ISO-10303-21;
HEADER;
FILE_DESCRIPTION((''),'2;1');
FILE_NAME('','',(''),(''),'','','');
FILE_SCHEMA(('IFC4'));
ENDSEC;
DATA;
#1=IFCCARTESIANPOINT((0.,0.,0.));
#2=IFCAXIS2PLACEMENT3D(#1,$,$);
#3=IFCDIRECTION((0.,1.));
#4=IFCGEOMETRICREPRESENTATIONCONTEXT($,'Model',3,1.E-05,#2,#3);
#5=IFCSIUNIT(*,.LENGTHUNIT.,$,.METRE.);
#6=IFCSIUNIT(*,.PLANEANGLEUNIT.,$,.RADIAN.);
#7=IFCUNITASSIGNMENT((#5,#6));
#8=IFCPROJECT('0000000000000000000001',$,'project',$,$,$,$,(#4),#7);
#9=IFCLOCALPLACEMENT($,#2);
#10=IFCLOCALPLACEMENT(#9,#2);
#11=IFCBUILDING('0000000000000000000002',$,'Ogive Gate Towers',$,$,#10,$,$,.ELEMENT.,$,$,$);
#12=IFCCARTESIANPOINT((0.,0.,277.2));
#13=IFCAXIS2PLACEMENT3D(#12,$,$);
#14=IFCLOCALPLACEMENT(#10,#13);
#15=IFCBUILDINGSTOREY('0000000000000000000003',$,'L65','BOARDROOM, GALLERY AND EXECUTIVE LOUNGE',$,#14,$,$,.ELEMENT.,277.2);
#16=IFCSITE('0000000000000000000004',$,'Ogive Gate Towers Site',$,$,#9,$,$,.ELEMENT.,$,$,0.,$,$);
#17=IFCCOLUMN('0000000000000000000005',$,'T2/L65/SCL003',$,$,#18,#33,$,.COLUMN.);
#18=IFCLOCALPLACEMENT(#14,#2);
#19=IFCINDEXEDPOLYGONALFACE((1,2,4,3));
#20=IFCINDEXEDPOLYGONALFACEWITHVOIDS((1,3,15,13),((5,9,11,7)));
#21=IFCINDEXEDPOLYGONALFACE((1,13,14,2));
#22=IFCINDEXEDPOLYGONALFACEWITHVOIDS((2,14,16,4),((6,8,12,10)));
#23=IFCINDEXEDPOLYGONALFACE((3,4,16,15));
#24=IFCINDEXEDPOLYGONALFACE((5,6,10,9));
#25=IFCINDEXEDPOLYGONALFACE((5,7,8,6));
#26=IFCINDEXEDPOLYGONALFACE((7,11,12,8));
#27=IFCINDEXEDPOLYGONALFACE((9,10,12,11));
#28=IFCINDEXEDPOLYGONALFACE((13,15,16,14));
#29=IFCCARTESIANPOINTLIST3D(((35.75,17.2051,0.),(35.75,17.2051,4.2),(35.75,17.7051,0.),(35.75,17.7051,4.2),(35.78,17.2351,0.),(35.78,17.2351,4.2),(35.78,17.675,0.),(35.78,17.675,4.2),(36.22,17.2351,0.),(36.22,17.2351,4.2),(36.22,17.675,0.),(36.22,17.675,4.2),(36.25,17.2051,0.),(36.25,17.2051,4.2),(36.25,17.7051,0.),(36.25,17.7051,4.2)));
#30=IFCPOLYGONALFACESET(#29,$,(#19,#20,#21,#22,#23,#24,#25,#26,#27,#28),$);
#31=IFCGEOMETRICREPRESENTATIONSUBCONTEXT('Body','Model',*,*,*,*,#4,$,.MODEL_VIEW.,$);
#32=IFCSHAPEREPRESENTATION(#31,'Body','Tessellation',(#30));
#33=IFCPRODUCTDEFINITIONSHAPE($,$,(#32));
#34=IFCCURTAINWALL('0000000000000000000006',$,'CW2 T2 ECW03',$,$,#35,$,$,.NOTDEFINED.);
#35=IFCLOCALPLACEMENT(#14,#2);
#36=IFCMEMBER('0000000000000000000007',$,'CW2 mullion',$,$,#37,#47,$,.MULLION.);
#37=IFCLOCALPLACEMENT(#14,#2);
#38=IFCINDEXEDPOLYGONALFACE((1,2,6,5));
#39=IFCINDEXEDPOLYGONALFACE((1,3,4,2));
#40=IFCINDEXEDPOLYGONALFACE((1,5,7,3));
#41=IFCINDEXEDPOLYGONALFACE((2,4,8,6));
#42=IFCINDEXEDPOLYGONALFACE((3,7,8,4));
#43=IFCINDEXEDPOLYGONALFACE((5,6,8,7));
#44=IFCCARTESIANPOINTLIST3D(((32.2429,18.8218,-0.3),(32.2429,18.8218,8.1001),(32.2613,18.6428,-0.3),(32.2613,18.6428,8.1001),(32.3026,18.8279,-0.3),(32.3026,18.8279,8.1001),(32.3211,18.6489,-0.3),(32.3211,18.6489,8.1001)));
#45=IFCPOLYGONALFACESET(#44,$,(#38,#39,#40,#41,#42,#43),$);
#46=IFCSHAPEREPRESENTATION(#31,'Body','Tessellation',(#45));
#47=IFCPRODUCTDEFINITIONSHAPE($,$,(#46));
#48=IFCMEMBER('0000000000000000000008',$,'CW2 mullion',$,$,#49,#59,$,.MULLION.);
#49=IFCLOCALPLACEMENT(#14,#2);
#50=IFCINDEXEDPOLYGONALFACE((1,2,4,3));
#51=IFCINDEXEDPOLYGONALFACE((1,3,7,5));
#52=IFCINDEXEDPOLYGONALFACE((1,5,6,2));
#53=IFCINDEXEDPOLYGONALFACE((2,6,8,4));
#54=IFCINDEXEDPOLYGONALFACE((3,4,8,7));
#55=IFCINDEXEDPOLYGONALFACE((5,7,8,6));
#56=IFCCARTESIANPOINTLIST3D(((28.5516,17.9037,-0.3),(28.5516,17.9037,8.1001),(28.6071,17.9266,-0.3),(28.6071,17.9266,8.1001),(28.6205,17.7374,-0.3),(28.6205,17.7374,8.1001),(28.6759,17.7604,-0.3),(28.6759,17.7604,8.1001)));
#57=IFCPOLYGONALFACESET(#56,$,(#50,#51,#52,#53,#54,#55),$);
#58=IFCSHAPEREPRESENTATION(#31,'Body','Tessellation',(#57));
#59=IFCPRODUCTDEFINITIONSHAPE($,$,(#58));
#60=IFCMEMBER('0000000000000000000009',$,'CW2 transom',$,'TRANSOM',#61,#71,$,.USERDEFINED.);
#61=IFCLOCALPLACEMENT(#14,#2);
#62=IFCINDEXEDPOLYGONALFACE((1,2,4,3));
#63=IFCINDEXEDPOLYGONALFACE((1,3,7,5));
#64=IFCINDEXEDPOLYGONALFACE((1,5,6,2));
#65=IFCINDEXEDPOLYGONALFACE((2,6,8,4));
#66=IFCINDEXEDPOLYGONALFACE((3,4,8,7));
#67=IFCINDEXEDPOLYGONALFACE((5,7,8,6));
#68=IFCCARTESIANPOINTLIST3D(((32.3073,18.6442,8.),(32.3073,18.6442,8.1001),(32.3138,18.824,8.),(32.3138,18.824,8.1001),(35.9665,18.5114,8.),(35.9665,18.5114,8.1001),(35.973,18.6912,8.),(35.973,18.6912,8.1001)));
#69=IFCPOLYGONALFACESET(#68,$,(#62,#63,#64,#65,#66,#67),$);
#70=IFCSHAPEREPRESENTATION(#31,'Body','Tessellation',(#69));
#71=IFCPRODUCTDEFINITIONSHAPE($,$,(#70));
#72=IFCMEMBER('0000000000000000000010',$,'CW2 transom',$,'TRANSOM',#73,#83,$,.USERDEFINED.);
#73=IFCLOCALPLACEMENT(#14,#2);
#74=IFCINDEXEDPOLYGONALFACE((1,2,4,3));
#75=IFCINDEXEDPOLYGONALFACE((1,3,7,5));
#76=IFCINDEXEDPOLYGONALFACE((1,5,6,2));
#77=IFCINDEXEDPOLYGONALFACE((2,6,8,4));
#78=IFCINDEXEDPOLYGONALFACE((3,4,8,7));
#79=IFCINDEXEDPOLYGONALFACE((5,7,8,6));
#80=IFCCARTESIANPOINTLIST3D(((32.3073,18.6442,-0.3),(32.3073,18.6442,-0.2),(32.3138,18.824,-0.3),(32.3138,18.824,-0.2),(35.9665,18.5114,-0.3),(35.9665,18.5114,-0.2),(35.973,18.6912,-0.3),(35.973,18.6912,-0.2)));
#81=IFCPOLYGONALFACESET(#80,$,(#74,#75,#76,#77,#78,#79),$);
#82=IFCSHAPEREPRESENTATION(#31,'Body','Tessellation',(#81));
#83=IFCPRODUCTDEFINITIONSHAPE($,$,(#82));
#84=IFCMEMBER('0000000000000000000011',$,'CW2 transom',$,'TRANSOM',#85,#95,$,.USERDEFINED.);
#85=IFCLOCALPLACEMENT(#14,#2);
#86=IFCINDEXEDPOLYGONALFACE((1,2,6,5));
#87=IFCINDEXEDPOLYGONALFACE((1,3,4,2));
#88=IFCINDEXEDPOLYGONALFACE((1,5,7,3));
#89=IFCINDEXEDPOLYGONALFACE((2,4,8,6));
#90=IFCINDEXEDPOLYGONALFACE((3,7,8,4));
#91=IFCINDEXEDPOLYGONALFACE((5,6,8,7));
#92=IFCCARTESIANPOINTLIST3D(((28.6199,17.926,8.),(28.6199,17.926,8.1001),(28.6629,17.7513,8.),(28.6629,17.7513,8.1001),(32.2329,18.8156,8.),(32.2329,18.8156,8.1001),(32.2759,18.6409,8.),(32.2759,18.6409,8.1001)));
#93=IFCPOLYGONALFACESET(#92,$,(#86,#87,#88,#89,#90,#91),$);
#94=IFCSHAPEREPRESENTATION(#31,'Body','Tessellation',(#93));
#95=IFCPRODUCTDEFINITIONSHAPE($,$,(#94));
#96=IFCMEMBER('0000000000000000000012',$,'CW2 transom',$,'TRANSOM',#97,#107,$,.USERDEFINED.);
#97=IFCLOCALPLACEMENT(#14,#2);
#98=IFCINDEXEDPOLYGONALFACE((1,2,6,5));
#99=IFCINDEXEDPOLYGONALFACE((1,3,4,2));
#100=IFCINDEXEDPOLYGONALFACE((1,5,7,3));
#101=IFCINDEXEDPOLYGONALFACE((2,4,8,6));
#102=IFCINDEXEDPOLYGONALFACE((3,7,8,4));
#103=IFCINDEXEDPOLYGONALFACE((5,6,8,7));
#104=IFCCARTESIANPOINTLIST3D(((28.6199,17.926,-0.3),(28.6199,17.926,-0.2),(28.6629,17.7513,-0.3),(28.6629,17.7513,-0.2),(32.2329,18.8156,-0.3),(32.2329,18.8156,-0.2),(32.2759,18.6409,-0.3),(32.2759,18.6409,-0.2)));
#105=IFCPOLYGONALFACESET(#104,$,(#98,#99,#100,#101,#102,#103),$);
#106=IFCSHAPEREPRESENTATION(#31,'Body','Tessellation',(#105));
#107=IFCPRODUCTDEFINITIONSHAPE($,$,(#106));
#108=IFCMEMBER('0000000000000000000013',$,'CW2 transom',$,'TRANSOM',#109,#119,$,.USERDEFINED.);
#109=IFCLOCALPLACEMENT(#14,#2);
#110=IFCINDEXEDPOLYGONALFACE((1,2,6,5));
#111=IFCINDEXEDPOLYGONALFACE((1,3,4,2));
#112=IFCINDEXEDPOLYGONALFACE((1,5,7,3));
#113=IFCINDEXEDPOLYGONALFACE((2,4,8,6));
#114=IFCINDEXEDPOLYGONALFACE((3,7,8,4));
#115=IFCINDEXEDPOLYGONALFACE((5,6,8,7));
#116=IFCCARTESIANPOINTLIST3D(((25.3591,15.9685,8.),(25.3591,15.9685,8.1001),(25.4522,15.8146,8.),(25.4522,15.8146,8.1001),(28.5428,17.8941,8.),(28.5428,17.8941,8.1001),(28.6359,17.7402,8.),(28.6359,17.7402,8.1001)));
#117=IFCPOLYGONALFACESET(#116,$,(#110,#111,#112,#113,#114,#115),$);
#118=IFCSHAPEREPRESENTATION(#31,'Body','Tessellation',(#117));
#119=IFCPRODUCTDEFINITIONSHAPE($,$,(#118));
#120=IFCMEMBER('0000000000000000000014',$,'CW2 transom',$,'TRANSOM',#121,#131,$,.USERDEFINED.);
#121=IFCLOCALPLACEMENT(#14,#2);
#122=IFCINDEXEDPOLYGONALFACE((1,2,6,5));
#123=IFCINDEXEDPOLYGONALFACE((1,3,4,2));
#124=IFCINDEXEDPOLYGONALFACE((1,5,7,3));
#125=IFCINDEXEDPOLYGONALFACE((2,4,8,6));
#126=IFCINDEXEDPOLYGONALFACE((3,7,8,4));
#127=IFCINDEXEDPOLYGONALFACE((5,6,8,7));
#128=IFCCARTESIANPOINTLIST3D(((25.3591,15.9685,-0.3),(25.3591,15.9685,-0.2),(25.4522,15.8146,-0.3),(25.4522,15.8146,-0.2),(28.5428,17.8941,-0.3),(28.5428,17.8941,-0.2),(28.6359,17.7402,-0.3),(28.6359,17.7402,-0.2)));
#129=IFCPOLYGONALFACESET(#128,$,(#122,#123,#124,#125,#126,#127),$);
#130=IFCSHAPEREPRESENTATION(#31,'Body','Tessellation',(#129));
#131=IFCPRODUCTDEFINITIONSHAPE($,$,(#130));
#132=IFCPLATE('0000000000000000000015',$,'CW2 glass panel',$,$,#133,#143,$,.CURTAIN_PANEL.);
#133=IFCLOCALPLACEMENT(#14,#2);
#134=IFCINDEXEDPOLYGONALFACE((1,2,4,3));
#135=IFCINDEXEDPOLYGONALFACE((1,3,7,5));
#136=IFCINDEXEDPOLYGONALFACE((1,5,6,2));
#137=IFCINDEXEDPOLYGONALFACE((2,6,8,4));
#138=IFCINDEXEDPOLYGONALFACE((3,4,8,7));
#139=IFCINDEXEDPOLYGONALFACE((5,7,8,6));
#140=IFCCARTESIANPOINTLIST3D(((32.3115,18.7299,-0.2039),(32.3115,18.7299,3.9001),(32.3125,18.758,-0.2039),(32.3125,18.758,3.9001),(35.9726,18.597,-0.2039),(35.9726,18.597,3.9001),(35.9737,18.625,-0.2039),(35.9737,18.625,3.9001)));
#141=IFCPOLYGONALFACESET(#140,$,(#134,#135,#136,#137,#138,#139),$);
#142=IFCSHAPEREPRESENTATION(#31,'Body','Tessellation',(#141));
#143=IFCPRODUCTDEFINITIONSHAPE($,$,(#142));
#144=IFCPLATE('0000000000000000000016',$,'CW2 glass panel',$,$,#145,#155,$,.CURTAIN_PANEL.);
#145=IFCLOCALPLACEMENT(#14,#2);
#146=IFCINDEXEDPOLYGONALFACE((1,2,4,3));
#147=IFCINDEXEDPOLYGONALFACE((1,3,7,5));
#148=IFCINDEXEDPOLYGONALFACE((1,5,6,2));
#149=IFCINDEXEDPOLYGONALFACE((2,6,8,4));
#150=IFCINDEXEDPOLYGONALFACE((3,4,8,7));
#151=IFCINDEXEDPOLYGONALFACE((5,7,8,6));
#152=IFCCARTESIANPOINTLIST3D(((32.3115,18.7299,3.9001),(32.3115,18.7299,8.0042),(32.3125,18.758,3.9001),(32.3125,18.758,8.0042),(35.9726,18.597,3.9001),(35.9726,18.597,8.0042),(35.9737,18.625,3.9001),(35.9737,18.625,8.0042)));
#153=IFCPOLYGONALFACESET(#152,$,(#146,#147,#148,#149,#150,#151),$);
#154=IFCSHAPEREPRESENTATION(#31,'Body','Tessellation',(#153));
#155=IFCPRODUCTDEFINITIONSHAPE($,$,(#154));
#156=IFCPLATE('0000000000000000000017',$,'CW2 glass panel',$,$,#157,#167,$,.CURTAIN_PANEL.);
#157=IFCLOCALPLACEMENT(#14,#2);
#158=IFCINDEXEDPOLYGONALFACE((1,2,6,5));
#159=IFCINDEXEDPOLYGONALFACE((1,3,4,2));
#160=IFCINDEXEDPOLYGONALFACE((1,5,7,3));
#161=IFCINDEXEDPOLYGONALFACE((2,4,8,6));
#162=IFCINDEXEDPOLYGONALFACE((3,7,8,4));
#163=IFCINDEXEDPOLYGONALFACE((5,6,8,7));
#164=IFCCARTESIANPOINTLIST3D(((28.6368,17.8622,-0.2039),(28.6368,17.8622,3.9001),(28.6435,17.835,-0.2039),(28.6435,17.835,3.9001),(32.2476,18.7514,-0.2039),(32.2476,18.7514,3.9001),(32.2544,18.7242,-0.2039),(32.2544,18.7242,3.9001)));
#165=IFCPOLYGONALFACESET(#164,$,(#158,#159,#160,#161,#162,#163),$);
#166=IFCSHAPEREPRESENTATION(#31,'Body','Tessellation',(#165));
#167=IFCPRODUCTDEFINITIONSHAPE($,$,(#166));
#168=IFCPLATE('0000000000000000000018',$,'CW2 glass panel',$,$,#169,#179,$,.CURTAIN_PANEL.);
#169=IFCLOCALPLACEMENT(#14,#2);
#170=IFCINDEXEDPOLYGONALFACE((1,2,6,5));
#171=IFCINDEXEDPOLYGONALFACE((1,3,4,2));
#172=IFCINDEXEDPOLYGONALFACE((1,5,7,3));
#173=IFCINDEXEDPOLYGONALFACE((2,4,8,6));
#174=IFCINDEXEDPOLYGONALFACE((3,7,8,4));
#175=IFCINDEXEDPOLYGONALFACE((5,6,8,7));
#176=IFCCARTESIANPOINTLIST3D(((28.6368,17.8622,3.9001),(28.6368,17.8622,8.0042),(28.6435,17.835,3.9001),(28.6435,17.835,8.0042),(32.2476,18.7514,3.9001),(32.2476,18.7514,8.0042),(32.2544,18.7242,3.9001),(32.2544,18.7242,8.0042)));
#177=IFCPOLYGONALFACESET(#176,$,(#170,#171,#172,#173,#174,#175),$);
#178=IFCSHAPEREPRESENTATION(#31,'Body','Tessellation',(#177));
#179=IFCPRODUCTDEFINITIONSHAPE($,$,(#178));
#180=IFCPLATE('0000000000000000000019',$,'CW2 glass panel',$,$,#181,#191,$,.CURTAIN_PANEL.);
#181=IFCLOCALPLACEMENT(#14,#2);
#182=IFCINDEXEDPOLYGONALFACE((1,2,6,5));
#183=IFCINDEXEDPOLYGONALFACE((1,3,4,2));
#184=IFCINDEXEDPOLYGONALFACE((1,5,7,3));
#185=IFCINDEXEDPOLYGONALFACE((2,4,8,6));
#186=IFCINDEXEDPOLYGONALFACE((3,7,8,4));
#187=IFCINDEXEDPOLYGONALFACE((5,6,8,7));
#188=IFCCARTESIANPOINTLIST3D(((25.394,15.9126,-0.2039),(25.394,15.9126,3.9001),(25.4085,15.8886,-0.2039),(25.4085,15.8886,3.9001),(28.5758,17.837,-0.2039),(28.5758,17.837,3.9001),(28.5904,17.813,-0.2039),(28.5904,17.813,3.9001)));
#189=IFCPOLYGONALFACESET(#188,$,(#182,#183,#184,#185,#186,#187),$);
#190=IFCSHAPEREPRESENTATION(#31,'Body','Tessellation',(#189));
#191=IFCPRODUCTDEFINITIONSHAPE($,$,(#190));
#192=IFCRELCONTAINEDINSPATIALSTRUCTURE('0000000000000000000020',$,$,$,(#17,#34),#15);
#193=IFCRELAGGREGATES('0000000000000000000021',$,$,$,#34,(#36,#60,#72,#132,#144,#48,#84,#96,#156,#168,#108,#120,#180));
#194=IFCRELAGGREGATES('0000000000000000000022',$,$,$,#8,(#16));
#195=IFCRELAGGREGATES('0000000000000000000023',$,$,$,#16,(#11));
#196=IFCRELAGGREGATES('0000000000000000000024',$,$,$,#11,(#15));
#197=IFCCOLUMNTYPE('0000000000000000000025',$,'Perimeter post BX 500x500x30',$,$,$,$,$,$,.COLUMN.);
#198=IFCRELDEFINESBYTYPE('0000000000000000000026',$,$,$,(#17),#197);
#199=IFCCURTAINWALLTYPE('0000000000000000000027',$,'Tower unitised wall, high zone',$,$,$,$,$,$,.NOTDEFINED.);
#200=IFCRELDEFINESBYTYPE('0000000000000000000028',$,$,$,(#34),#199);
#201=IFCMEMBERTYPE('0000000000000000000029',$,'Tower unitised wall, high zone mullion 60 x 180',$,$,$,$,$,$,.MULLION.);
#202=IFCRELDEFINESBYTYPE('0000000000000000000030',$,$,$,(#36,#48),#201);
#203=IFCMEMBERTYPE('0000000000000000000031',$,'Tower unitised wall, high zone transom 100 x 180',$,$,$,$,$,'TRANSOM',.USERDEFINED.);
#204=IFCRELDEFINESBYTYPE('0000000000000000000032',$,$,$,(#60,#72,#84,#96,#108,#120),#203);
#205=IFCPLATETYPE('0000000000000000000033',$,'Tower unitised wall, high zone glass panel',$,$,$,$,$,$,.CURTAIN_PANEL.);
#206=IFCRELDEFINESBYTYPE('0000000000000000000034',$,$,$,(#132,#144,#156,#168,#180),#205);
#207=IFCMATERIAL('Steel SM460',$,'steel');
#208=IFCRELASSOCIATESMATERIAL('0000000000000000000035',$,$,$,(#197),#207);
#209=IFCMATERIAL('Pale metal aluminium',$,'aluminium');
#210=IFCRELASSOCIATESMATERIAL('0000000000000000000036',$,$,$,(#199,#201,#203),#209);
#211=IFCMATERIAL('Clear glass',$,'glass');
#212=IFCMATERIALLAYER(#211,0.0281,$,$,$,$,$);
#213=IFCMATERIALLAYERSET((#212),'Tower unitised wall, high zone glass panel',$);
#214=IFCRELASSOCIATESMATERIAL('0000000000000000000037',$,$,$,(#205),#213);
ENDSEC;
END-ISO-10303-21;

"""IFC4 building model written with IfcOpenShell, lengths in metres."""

from ifc_helpers import new_model, si_unit, direction, frame, origin, origin_2d, place, context, subcontext, project, spatial, rectangle, hollow_rectangle, extrude, material, layer, layer_set, material_profile, profile_set, type_object, element, aggregate, save


model = new_model("IFC4")

# Units and contexts
model_context = context("Model", 3, precision=1e-05, world=origin(), true_north=direction((0.0, 1.0)))
body_context = subcontext(model_context, "Body", "Model", "MODEL_VIEW")
ifc_project = project(units=[si_unit("LENGTHUNIT", "METRE"), si_unit("PLANEANGLEUNIT", "RADIAN")], contexts=[model_context])

# Site, building, storey
site_placement = place(None, origin())
site = spatial("IfcSite", under=ifc_project, at=site_placement, Name="Ogive Gate Towers Site", CompositionType="ELEMENT", RefElevation=0.0)
building_placement = place(site_placement, origin())
building = spatial("IfcBuilding", under=site, at=building_placement, Name="Ogive Gate Towers", CompositionType="ELEMENT")
storey_placement = place(building_placement, frame((0.0, 0.0, 277.2)))
storey = spatial("IfcBuildingStorey", under=building, at=storey_placement, Name="L65", Description="BOARDROOM, GALLERY AND EXECUTIVE LOUNGE", CompositionType="ELEMENT", Elevation=277.2)

# Column
ifc_material_1 = material(Name="Steel SM460", Category="steel")
ifc_material_profile_1 = material_profile(ifc_material_1, hollow_rectangle(XDim=0.5, YDim=0.5, WallThickness=0.03, at=origin_2d()), Name="BX 500x500x30")
ifc_profile_set_1 = profile_set([ifc_material_profile_1], Name="Steel SM460")
column_type = type_object("IfcColumnType", Name="Perimeter post BX 500x500x30", PredefinedType="COLUMN", material=ifc_profile_set_1)
column_placement = place(storey_placement, frame((36.0, 17.4551, 0.0), z_axis=(0.0, 0.0, 1.0), x_axis=(1.0, 0.0, 0.0)))
element("IfcColumn", 1, at=column_placement, inside=storey, type_object=column_type, Name="T2/L65/SCL003", PredefinedType="COLUMN", context=body_context, shape_type="SweptSolid", body=[
    extrude(hollow_rectangle(XDim=0.5, YDim=0.5, WallThickness=0.03, at=origin_2d()), origin(), (0.0, 0.0, 1.0), 4.2),
])

# Curtain wall, members, plates
ifc_material_2 = material(Name="Pale metal aluminium", Category="aluminium")
curtain_wall_type = type_object("IfcCurtainWallType", Name="Tower unitised wall, high zone", PredefinedType="NOTDEFINED", material=ifc_material_2)
curtain_wall_placement = place(storey_placement, origin())
curtain_wall = element("IfcCurtainWall", 2, at=curtain_wall_placement, inside=storey, type_object=curtain_wall_type, Name="CW2 T2 ECW03", PredefinedType="NOTDEFINED")
ifc_material_profile_2 = material_profile(ifc_material_2, rectangle(XDim=0.1799, YDim=0.0601, at=origin_2d()), Name="60 x 180 aluminium box")
ifc_profile_set_2 = profile_set([ifc_material_profile_2], Name="Pale metal aluminium")
member_type_1 = type_object("IfcMemberType", Name="Tower unitised wall, high zone mullion 60 x 180", PredefinedType="MULLION", material=ifc_profile_set_2)
member_1_placement = place(storey_placement, frame((32.282, 18.7354, -0.3), z_axis=(0.0, 0.0, 1.0), x_axis=(-0.102393, 0.994744, 0.0)))
member_1 = element("IfcMember", 3, at=member_1_placement, type_object=member_type_1, Name="CW2 mullion", PredefinedType="MULLION", context=body_context, shape_type="SweptSolid", body=[
    extrude(rectangle(XDim=0.1799, YDim=0.0601, at=origin_2d()), origin(), (0.0, 0.0, 1.0), 8.4001),
])
member_2_placement = place(storey_placement, frame((28.6138, 17.832, -0.3), z_axis=(0.0, 0.0, 1.0), x_axis=(-0.382683, 0.92388, 0.0)))
member_2 = element("IfcMember", 4, at=member_2_placement, type_object=member_type_1, Name="CW2 mullion", PredefinedType="MULLION", context=body_context, shape_type="SweptSolid", body=[
    extrude(rectangle(XDim=0.1799, YDim=0.0601, at=origin_2d()), origin(), (0.0, 0.0, 1.0), 8.4001),
])
ifc_material_profile_3 = material_profile(ifc_material_2, rectangle(XDim=0.1799, YDim=0.1001, at=origin_2d()), Name="100 x 180 aluminium box")
ifc_profile_set_3 = profile_set([ifc_material_profile_3], Name="Pale metal aluminium")
member_type_2 = type_object("IfcMemberType", Name="Tower unitised wall, high zone transom 100 x 180", ElementType="TRANSOM", PredefinedType="USERDEFINED", material=ifc_profile_set_3)
member_3_placement = place(storey_placement, frame((35.9697, 18.6013, 8.05), z_axis=(-0.999342, 0.036272, 0.0), x_axis=(-0.036272, -0.999342, 0.0)))
member_3 = element("IfcMember", 5, at=member_3_placement, type_object=member_type_2, Name="CW2 transom", ObjectType="TRANSOM", PredefinedType="USERDEFINED", context=body_context, shape_type="SweptSolid", body=[
    extrude(rectangle(XDim=0.1799, YDim=0.1001, at=origin_2d()), origin(), (0.0, 0.0, 1.0), 3.6616),
])
member_4_placement = place(storey_placement, frame((35.9697, 18.6013, -0.25), z_axis=(-0.999342, 0.036272, 0.0), x_axis=(-0.036272, -0.999342, 0.0)))
member_4 = element("IfcMember", 6, at=member_4_placement, type_object=member_type_2, Name="CW2 transom", ObjectType="TRANSOM", PredefinedType="USERDEFINED", context=body_context, shape_type="SweptSolid", body=[
    extrude(rectangle(XDim=0.1799, YDim=0.1001, at=origin_2d()), origin(), (0.0, 0.0, 1.0), 3.6616),
])
member_5_placement = place(storey_placement, frame((32.2544, 18.7283, 8.05), z_axis=(-0.970997, -0.239091, 0.0), x_axis=(0.239091, -0.970997, 0.0)))
member_5 = element("IfcMember", 7, at=member_5_placement, type_object=member_type_2, Name="CW2 transom", ObjectType="TRANSOM", PredefinedType="USERDEFINED", context=body_context, shape_type="SweptSolid", body=[
    extrude(rectangle(XDim=0.1799, YDim=0.1001, at=origin_2d()), origin(), (0.0, 0.0, 1.0), 3.7209),
])
member_6_placement = place(storey_placement, frame((32.2544, 18.7283, -0.25), z_axis=(-0.970997, -0.239091, 0.0), x_axis=(0.239091, -0.970997, 0.0)))
member_6 = element("IfcMember", 8, at=member_6_placement, type_object=member_type_2, Name="CW2 transom", ObjectType="TRANSOM", PredefinedType="USERDEFINED", context=body_context, shape_type="SweptSolid", body=[
    extrude(rectangle(XDim=0.1799, YDim=0.1001, at=origin_2d()), origin(), (0.0, 0.0, 1.0), 3.7209),
])
member_7_placement = place(storey_placement, frame((28.5894, 17.8171, 8.05), z_axis=(-0.855664, -0.517532, 0.0), x_axis=(0.517532, -0.855664, 0.0)))
member_7 = element("IfcMember", 9, at=member_7_placement, type_object=member_type_2, Name="CW2 transom", ObjectType="TRANSOM", PredefinedType="USERDEFINED", context=body_context, shape_type="SweptSolid", body=[
    extrude(rectangle(XDim=0.1799, YDim=0.1001, at=origin_2d()), origin(), (0.0, 0.0, 1.0), 3.7207),
])
member_8_placement = place(storey_placement, frame((28.5894, 17.8171, -0.25), z_axis=(-0.855664, -0.517532, 0.0), x_axis=(0.517532, -0.855664, 0.0)))
member_8 = element("IfcMember", 10, at=member_8_placement, type_object=member_type_2, Name="CW2 transom", ObjectType="TRANSOM", PredefinedType="USERDEFINED", context=body_context, shape_type="SweptSolid", body=[
    extrude(rectangle(XDim=0.1799, YDim=0.1001, at=origin_2d()), origin(), (0.0, 0.0, 1.0), 3.7207),
])
ifc_material_3 = material(Name="Clear glass", Category="glass")
ifc_layer_1 = layer(ifc_material_3, 0.0281)
ifc_layer_set_1 = layer_set([ifc_layer_1], Name="Tower unitised wall, high zone glass panel")
plate_type = type_object("IfcPlateType", Name="Tower unitised wall, high zone glass panel", PredefinedType="CURTAIN_PANEL", material=ifc_layer_set_1)
plate_1_placement = place(storey_placement, frame((34.1426, 18.6775, -0.2039), z_axis=(0.0, 0.0, 1.0), x_axis=(-0.999341, 0.036295, 0.0)))
plate_1 = element("IfcPlate", 11, at=plate_1_placement, type_object=plate_type, Name="CW2 glass panel", PredefinedType="CURTAIN_PANEL", context=body_context, shape_type="SweptSolid", body=[
    extrude(rectangle(XDim=3.6636, YDim=0.0281, at=origin_2d()), origin(), (0.0, 0.0, 1.0), 4.104),
])
plate_2_placement = place(storey_placement, frame((34.1426, 18.6775, 3.9001), z_axis=(0.0, 0.0, 1.0), x_axis=(-0.999341, 0.036295, 0.0)))
plate_2 = element("IfcPlate", 12, at=plate_2_placement, type_object=plate_type, Name="CW2 glass panel", PredefinedType="CURTAIN_PANEL", context=body_context, shape_type="SweptSolid", body=[
    extrude(rectangle(XDim=3.6636, YDim=0.0281, at=origin_2d()), origin(), (0.0, 0.0, 1.0), 4.104),
])
plate_3_placement = place(storey_placement, frame((30.4456, 18.2932, -0.2039), z_axis=(0.0, 0.0, 1.0), x_axis=(-0.970993, -0.23911, 0.0)))
plate_3 = element("IfcPlate", 13, at=plate_3_placement, type_object=plate_type, Name="CW2 glass panel", PredefinedType="CURTAIN_PANEL", context=body_context, shape_type="SweptSolid", body=[
    extrude(rectangle(XDim=3.7188, YDim=0.0281, at=origin_2d()), origin(), (0.0, 0.0, 1.0), 4.104),
])
plate_4_placement = place(storey_placement, frame((30.4456, 18.2932, 3.9001), z_axis=(0.0, 0.0, 1.0), x_axis=(-0.970993, -0.23911, 0.0)))
plate_4 = element("IfcPlate", 14, at=plate_4_placement, type_object=plate_type, Name="CW2 glass panel", PredefinedType="CURTAIN_PANEL", context=body_context, shape_type="SweptSolid", body=[
    extrude(rectangle(XDim=3.7188, YDim=0.0281, at=origin_2d()), origin(), (0.0, 0.0, 1.0), 4.104),
])
plate_5_placement = place(storey_placement, frame((26.9922, 16.8628, -0.2039), z_axis=(0.0, 0.0, 1.0), x_axis=(-0.855672, -0.517519, 0.0)))
plate_5 = element("IfcPlate", 15, at=plate_5_placement, type_object=plate_type, Name="CW2 glass panel", PredefinedType="CURTAIN_PANEL", context=body_context, shape_type="SweptSolid", body=[
    extrude(rectangle(XDim=3.7185, YDim=0.0281, at=origin_2d()), origin(), (0.0, 0.0, 1.0), 4.104),
])
aggregate(curtain_wall, [member_1, member_3, member_4, plate_1, plate_2, member_2, member_5, member_6, plate_3, plate_4, member_7, member_8, plate_5])

save(model, "model.ifc")
